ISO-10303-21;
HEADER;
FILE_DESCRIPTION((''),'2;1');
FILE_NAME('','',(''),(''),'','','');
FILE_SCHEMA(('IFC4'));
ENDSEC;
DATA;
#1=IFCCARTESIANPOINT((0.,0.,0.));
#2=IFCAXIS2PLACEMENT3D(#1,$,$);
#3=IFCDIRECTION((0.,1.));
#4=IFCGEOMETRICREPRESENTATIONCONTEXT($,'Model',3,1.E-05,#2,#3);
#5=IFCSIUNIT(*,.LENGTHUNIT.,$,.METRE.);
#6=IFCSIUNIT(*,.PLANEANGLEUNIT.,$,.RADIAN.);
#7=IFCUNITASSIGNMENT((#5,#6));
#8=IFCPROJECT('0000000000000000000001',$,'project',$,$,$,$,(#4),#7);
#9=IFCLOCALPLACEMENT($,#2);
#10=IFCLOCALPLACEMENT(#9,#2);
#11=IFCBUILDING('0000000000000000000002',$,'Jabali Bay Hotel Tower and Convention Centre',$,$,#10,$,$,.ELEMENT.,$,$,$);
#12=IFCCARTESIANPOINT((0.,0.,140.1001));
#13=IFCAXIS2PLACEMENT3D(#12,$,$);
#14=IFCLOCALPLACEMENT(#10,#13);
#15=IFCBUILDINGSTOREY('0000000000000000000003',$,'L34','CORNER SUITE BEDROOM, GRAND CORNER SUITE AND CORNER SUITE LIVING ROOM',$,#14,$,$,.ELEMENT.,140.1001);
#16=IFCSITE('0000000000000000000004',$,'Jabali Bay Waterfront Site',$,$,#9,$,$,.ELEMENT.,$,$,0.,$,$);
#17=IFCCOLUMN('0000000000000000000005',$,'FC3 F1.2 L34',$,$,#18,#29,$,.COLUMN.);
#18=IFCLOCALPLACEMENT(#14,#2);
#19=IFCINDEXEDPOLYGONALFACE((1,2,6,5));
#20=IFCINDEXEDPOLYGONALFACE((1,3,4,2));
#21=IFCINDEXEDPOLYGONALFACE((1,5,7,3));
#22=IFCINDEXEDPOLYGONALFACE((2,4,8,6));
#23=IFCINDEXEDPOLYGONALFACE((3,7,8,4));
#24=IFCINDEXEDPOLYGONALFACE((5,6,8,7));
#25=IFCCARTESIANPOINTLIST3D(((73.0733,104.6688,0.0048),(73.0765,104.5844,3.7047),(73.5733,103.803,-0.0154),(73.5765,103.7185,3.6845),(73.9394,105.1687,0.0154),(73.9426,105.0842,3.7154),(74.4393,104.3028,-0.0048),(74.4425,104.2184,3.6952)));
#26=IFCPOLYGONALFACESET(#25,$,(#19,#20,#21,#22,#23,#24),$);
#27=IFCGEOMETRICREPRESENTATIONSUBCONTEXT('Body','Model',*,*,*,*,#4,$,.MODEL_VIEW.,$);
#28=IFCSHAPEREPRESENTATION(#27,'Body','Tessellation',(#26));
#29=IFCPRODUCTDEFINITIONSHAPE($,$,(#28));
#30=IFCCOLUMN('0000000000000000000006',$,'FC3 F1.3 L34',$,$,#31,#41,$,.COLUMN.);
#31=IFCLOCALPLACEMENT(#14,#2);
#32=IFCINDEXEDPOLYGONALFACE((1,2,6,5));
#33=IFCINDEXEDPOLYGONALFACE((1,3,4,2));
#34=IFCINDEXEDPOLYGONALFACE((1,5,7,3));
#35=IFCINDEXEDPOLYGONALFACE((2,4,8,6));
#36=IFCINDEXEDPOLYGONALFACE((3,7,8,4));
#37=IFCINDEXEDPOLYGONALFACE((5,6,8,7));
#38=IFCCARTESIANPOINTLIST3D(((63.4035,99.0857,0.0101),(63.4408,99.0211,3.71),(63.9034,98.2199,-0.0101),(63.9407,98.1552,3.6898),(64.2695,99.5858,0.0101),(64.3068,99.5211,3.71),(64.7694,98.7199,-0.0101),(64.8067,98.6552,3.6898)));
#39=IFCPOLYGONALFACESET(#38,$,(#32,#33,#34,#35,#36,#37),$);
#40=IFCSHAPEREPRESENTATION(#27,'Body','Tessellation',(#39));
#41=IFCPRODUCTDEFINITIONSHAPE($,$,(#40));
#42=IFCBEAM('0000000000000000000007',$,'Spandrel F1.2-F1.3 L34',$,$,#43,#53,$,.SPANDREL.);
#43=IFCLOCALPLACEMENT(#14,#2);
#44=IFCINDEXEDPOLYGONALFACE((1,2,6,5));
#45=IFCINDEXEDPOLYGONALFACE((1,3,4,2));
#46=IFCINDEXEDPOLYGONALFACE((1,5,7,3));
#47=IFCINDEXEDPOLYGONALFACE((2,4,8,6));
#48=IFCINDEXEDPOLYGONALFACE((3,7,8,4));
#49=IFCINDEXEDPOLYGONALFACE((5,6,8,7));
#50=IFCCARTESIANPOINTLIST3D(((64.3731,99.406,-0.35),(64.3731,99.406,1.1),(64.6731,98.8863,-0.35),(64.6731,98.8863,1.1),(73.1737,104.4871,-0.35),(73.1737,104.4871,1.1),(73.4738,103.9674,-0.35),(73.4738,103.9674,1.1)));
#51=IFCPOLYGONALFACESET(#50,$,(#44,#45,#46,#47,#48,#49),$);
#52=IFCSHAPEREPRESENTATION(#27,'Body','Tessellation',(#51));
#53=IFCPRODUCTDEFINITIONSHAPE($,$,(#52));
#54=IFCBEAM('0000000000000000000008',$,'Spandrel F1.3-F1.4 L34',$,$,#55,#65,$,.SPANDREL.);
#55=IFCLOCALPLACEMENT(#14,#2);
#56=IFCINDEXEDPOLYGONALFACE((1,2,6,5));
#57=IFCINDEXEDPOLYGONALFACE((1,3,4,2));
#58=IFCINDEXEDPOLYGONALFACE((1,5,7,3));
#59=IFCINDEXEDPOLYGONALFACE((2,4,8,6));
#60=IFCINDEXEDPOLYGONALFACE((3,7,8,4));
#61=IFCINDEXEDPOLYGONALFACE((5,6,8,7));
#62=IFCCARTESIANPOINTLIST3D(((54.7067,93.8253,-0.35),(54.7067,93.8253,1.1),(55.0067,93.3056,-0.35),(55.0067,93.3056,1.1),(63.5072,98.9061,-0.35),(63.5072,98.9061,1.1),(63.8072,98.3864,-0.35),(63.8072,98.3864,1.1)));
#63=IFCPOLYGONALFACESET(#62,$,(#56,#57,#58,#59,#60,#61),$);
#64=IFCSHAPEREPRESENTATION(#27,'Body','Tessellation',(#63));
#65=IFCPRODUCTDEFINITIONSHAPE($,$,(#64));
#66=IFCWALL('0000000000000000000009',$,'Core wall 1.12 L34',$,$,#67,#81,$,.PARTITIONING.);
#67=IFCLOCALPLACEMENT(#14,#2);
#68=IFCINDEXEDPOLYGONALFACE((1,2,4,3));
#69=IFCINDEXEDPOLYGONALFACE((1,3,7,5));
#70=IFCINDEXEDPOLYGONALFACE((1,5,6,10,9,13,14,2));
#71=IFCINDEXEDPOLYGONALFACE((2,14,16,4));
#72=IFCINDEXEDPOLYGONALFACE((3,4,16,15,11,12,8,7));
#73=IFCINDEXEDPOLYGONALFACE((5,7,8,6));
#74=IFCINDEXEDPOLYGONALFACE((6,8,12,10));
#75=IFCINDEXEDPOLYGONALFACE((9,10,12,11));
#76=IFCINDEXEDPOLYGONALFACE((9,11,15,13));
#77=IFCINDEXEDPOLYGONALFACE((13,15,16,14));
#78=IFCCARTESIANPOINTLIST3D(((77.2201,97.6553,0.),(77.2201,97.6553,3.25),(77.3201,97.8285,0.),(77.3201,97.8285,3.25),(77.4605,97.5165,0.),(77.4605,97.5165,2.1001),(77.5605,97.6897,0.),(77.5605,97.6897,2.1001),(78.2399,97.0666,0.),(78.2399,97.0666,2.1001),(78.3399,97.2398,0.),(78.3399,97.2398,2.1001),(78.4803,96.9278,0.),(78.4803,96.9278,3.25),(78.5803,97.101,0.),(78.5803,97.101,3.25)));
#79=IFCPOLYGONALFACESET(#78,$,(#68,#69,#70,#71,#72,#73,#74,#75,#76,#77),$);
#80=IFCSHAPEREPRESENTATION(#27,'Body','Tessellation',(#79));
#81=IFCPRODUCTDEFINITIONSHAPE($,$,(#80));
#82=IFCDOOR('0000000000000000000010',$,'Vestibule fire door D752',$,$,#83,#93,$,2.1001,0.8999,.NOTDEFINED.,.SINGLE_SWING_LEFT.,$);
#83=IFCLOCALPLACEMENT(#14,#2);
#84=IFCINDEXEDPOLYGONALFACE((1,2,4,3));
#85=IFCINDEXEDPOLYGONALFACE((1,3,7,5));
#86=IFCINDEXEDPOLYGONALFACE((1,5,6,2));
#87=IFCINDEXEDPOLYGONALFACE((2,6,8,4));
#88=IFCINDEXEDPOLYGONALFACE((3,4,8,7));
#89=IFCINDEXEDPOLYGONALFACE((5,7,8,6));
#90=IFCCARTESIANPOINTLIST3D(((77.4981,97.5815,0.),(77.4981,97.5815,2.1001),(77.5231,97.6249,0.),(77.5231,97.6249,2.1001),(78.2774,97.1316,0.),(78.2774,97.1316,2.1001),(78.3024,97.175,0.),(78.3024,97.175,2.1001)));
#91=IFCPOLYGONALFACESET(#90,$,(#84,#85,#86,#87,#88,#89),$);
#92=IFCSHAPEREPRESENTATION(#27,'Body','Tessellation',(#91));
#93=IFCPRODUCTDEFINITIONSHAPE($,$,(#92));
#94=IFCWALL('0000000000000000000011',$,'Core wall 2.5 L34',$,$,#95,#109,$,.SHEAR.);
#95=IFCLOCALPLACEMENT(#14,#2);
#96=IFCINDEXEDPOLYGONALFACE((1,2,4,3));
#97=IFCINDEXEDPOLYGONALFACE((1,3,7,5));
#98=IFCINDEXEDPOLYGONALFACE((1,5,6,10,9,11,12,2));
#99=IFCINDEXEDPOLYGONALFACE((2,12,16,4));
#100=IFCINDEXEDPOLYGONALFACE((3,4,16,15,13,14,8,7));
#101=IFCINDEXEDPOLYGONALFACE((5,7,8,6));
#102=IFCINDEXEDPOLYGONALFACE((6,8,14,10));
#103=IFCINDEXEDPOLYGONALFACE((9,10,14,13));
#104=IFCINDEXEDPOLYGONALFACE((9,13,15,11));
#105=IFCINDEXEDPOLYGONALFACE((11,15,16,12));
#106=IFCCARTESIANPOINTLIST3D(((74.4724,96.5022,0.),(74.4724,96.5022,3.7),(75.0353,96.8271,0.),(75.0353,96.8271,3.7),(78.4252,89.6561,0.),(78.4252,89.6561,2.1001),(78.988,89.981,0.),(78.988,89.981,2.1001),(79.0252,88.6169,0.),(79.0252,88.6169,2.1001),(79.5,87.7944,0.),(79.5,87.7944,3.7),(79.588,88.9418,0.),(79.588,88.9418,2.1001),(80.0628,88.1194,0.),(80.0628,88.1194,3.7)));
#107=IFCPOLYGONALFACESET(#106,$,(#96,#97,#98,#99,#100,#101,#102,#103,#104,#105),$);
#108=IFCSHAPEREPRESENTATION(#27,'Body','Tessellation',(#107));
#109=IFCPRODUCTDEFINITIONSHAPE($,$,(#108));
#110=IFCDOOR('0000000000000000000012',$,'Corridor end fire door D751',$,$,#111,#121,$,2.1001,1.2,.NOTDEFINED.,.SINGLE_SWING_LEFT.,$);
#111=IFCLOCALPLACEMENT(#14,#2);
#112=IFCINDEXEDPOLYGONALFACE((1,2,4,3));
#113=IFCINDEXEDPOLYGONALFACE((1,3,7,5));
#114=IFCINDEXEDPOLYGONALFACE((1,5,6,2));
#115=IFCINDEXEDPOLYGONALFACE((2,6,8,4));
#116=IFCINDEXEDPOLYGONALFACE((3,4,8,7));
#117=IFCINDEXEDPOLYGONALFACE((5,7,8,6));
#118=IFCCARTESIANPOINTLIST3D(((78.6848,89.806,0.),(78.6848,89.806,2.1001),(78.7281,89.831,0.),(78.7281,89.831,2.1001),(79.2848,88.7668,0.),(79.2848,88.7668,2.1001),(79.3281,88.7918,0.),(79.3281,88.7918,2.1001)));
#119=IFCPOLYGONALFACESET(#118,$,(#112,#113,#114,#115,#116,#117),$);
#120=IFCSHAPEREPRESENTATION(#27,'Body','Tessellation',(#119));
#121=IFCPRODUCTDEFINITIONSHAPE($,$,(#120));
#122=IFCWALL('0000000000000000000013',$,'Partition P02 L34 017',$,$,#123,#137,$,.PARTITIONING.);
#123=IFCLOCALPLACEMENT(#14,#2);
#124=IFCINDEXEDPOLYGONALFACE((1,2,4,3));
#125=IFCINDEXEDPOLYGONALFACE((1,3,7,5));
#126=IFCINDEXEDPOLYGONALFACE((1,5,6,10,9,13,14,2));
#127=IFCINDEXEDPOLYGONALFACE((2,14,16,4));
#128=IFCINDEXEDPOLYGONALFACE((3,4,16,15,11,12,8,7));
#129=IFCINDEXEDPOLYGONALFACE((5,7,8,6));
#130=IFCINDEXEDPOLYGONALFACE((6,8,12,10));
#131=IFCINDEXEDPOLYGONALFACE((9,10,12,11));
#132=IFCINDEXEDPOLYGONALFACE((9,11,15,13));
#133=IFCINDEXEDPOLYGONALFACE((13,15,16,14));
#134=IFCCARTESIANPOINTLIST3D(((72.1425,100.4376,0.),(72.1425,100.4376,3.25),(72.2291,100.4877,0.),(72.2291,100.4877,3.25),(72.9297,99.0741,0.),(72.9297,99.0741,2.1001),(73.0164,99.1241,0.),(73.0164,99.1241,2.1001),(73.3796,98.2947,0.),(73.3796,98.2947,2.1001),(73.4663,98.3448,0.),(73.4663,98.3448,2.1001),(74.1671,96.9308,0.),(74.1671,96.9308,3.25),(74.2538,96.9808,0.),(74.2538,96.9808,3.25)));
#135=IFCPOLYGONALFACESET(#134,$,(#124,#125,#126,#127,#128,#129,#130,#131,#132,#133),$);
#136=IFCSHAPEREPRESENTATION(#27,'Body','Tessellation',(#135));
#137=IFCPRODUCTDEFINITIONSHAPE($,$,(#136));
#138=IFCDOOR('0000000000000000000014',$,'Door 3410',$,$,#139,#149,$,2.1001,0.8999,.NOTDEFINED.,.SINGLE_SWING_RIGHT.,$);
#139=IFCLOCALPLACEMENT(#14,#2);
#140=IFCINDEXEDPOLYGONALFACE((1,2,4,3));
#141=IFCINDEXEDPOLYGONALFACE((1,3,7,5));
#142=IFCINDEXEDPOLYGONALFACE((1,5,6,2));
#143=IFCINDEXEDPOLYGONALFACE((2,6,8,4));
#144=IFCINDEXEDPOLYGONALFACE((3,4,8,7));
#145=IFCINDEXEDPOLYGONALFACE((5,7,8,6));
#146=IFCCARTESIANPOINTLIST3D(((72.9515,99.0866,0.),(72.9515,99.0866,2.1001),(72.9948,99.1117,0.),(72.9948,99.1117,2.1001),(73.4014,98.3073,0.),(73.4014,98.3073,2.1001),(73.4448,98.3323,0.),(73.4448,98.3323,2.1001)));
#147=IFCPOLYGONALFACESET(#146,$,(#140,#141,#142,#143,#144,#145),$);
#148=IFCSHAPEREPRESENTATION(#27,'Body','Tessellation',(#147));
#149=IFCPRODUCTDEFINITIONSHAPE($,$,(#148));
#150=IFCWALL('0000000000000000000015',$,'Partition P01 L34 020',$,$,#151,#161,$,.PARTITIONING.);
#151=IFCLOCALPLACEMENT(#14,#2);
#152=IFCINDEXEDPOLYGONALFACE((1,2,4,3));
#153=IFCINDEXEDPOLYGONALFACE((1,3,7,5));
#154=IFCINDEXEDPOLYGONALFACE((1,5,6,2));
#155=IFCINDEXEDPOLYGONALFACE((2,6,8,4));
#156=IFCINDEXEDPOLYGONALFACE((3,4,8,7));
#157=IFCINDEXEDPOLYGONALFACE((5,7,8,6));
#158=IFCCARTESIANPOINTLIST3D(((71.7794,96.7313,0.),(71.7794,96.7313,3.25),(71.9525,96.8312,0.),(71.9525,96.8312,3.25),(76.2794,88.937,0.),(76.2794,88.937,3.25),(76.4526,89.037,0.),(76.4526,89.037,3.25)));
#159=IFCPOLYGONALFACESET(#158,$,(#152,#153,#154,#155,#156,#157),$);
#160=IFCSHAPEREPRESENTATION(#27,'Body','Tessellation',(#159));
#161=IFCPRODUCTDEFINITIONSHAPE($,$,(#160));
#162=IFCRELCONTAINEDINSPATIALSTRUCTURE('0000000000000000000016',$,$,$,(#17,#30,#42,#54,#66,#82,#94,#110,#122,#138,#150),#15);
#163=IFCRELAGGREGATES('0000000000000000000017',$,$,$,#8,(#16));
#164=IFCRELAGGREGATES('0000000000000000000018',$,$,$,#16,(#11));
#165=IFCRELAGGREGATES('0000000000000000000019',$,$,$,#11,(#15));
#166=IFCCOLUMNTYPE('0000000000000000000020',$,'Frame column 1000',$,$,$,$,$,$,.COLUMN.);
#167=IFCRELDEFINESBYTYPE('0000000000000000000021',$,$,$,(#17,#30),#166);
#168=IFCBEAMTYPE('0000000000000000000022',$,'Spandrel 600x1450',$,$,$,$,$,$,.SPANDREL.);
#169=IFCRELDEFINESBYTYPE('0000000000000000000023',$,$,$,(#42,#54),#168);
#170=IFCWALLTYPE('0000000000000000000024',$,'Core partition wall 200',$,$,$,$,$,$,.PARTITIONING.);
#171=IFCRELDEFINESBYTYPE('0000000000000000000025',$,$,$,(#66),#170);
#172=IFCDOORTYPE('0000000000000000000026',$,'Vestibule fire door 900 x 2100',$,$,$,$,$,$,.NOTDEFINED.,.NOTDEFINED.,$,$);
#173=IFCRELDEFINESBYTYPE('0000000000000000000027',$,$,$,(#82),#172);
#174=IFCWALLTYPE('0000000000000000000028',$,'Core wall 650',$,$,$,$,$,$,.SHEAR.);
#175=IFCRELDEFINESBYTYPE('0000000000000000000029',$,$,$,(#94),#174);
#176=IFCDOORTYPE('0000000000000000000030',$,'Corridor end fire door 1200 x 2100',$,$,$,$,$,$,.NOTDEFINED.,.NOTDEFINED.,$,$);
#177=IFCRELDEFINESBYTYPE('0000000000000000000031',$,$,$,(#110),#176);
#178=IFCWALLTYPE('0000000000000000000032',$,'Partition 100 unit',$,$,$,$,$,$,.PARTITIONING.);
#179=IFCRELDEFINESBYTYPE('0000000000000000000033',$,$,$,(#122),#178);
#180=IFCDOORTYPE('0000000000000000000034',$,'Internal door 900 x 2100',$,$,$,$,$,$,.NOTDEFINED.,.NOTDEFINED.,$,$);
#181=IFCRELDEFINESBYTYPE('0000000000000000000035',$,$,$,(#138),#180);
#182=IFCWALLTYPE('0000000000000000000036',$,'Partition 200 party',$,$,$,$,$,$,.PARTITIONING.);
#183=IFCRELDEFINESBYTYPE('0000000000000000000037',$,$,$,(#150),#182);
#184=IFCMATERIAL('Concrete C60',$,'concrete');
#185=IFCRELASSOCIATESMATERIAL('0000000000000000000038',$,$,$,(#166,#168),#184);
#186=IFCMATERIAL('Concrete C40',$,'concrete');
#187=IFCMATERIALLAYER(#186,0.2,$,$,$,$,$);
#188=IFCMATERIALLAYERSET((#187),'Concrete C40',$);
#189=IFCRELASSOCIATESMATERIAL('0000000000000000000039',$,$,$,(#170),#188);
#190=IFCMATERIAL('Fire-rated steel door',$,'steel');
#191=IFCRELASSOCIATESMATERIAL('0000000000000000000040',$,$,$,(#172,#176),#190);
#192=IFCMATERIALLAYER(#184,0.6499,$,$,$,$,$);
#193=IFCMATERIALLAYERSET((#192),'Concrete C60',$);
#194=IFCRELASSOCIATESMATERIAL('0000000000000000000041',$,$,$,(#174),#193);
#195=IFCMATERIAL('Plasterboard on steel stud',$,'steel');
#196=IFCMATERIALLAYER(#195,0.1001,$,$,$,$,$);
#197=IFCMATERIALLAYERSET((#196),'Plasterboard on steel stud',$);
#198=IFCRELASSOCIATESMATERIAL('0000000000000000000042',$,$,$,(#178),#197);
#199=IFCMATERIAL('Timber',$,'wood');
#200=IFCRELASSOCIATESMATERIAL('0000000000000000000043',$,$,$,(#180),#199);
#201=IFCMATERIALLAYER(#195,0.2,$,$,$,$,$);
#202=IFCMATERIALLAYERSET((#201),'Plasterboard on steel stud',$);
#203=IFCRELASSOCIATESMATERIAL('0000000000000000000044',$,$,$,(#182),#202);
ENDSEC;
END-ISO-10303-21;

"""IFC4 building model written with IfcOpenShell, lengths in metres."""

from ifc_helpers import new_model, si_unit, direction, frame, frame_2d, origin, origin_2d, place, context, subcontext, project, spatial, rectangle, extrude, material, layer, layer_set, material_profile, profile_set, type_object, element, fill, save


model = new_model("IFC4")

# Units and contexts
model_context = context("Model", 3, precision=1e-05, world=origin(), true_north=direction((0.0, 1.0)))
body_context = subcontext(model_context, "Body", "Model", "MODEL_VIEW")
ifc_project = project(units=[si_unit("LENGTHUNIT", "METRE"), si_unit("PLANEANGLEUNIT", "RADIAN")], contexts=[model_context])

# Site, building, storey
site_placement = place(None, origin())
site = spatial("IfcSite", under=ifc_project, at=site_placement, Name="Jabali Bay Waterfront Site", CompositionType="ELEMENT", RefElevation=0.0)
building_placement = place(site_placement, origin())
building = spatial("IfcBuilding", under=site, at=building_placement, Name="Jabali Bay Hotel Tower and Convention Centre", CompositionType="ELEMENT")
storey_placement = place(building_placement, frame((0.0, 0.0, 140.1001)))
storey = spatial("IfcBuildingStorey", under=building, at=storey_placement, Name="L34", Description="CORNER SUITE BEDROOM, GRAND CORNER SUITE AND CORNER SUITE LIVING ROOM", CompositionType="ELEMENT", Elevation=140.1001)

# Columns
ifc_material_1 = material(Name="Concrete C60", Category="concrete")
ifc_material_profile_1 = material_profile(ifc_material_1, rectangle(XDim=1.0, YDim=1.0, at=origin_2d()), Name="Frame column 1000")
ifc_profile_set_1 = profile_set([ifc_material_profile_1], Name="Concrete C60")
column_type = type_object("IfcColumnType", Name="Frame column 1000", PredefinedType="COLUMN", material=ifc_profile_set_1)
column_1_placement = place(storey_placement, frame((73.7563, 104.4858, 0.0), z_axis=(0.000858, -0.022825, 0.999739), x_axis=(0.86606, 0.499826, 0.010668)))
element("IfcColumn", 1, at=column_1_placement, inside=storey, type_object=column_type, Name="FC3 F1.2 L34", PredefinedType="COLUMN", context=body_context, shape_type="SweptSolid", body=[
    extrude(rectangle(XDim=1.0, YDim=1.0, at=origin_2d()), origin(), (0.0, 0.0, 1.0), 3.7009),
])
column_2_placement = place(storey_placement, frame((64.0864, 98.9028, 0.0), z_axis=(0.010094, -0.017482, 0.999796), x_axis=(0.86602, 0.500009, 0.0)))
element("IfcColumn", 2, at=column_2_placement, inside=storey, type_object=column_type, Name="FC3 F1.3 L34", PredefinedType="COLUMN", context=body_context, shape_type="SweptSolid", body=[
    extrude(rectangle(XDim=1.0, YDim=1.0, at=origin_2d()), origin(), (0.0, 0.0, 1.0), 3.7007),
])

# Beams
ifc_material_profile_2 = material_profile(ifc_material_1, rectangle(XDim=0.6001, YDim=1.45, at=origin_2d()), Name="Spandrel 600x1450")
ifc_profile_set_2 = profile_set([ifc_material_profile_2], Name="Concrete C60")
beam_type = type_object("IfcBeamType", Name="Spandrel 600x1450", PredefinedType="SPANDREL", material=ifc_profile_set_2)
beam_1_placement = place(storey_placement, frame((73.3237, 104.2273, 0.375), z_axis=(-0.866023, -0.500005, 0.0), x_axis=(0.500005, -0.866023, 0.0)))
element("IfcBeam", 3, at=beam_1_placement, inside=storey, type_object=beam_type, Name="Spandrel F1.2-F1.3 L34", PredefinedType="SPANDREL", context=body_context, shape_type="SweptSolid", body=[
    extrude(rectangle(XDim=0.6001, YDim=1.45, at=origin_2d()), origin(), (0.0, 0.0, 1.0), 10.1621),
])
beam_2_placement = place(storey_placement, frame((63.6572, 98.6462, 0.375), z_axis=(-0.866033, -0.499987, 0.0), x_axis=(0.499987, -0.866033, 0.0)))
element("IfcBeam", 4, at=beam_2_placement, inside=storey, type_object=beam_type, Name="Spandrel F1.3-F1.4 L34", PredefinedType="SPANDREL", context=body_context, shape_type="SweptSolid", body=[
    extrude(rectangle(XDim=0.6001, YDim=1.45, at=origin_2d()), origin(), (0.0, 0.0, 1.0), 10.1619),
])

# Walls, openings, doors
ifc_material_2 = material(Name="Concrete C40", Category="concrete")
ifc_layer_1 = layer(ifc_material_2, 0.2)
ifc_layer_set_1 = layer_set([ifc_layer_1], Name="Concrete C40")
wall_type_1 = type_object("IfcWallType", Name="Core partition wall 200", PredefinedType="PARTITIONING", material=ifc_layer_set_1)
wall_1_placement = place(storey_placement, frame((78.5303, 97.0144, 0.0), z_axis=(0.0, 0.0, 1.0), x_axis=(-0.866046, 0.499965, 0.0)))
wall_1 = element("IfcWall", 5, at=wall_1_placement, inside=storey, type_object=wall_type_1, Name="Core wall 1.12 L34", PredefinedType="PARTITIONING", context=body_context, shape_type="SweptSolid", body=[
    extrude(rectangle(XDim=1.4551, YDim=0.2, at=frame_2d((0.7275, 0.0))), origin(), (0.0, 0.0, 1.0), 3.25),
])
opening_1_placement = place(wall_1_placement, frame((0.2776, 0.0, 0.0)))
opening_1 = element("IfcOpeningElement", 6, at=opening_1_placement, cuts=wall_1, PredefinedType="OPENING", context=body_context, shape_type="SweptSolid", body=[
    extrude(rectangle(XDim=0.8999, YDim=2.1001, at=frame_2d((0.45, 1.05))), frame((0.0, 0.1104, 0.0), z_axis=(0.0, -1.0, 0.0), x_axis=(1.0, 0.0, 0.0)), (0.0, 0.0, 1.0), 0.2209),
])
ifc_material_3 = material(Name="Fire-rated steel door", Category="steel")
door_type_1 = type_object("IfcDoorType", Name="Vestibule fire door 900 x 2100", OperationType="NOTDEFINED", PredefinedType="NOTDEFINED", material=ifc_material_3)
door_1_placement = place(opening_1_placement, origin())
door_1 = element("IfcDoor", 7, at=door_1_placement, inside=storey, type_object=door_type_1, Name="Vestibule fire door D752", OperationType="SINGLE_SWING_LEFT", OverallHeight=2.1001, OverallWidth=0.8999, PredefinedType="NOTDEFINED", context=body_context, shape_type="SweptSolid", body=[
    extrude(rectangle(XDim=0.8999, YDim=2.1001, at=frame_2d((0.45, 1.05))), frame((0.0, 0.0249, 0.0), z_axis=(0.0, -1.0, 0.0), x_axis=(1.0, 0.0, 0.0)), (0.0, 0.0, 1.0), 0.05),
])
fill(opening_1, door_1)
ifc_layer_2 = layer(ifc_material_1, 0.6499)
ifc_layer_set_2 = layer_set([ifc_layer_2], Name="Concrete C60")
wall_type_2 = type_object("IfcWallType", Name="Core wall 650", PredefinedType="SHEAR", material=ifc_layer_set_2)
wall_2_placement = place(storey_placement, frame((74.7539, 96.6646, 0.0), z_axis=(0.0, 0.0, 1.0), x_axis=(0.500012, -0.866019, 0.0)))
wall_2 = element("IfcWall", 8, at=wall_2_placement, inside=storey, type_object=wall_type_2, Name="Core wall 2.5 L34", PredefinedType="SHEAR", context=body_context, shape_type="SweptSolid", body=[
    extrude(rectangle(XDim=10.0549, YDim=0.6499, at=frame_2d((5.0273, 0.0))), origin(), (0.0, 0.0, 1.0), 3.7),
])
opening_2_placement = place(wall_2_placement, frame((7.905, 0.0, 0.0)))
opening_2 = element("IfcOpeningElement", 9, at=opening_2_placement, cuts=wall_2, PredefinedType="OPENING", context=body_context, shape_type="SweptSolid", body=[
    extrude(rectangle(XDim=1.2, YDim=2.1001, at=frame_2d((0.6001, 1.05))), frame((0.0, 0.3354, 0.0), z_axis=(0.0, -1.0, 0.0), x_axis=(1.0, 0.0, 0.0)), (0.0, 0.0, 1.0), 0.6709),
])
door_type_2 = type_object("IfcDoorType", Name="Corridor end fire door 1200 x 2100", OperationType="NOTDEFINED", PredefinedType="NOTDEFINED", material=ifc_material_3)
door_2_placement = place(opening_2_placement, origin())
door_2 = element("IfcDoor", 10, at=door_2_placement, inside=storey, type_object=door_type_2, Name="Corridor end fire door D751", OperationType="SINGLE_SWING_LEFT", OverallHeight=2.1001, OverallWidth=1.2, PredefinedType="NOTDEFINED", context=body_context, shape_type="SweptSolid", body=[
    extrude(rectangle(XDim=1.2, YDim=2.1001, at=frame_2d((0.6001, 1.05))), frame((0.0, 0.0249, 0.0), z_axis=(0.0, -1.0, 0.0), x_axis=(1.0, 0.0, 0.0)), (0.0, 0.0, 1.0), 0.05),
])
fill(opening_2, door_2)
ifc_material_4 = material(Name="Plasterboard on steel stud", Category="steel")
ifc_layer_3 = layer(ifc_material_4, 0.1001)
ifc_layer_set_3 = layer_set([ifc_layer_3], Name="Plasterboard on steel stud")
wall_type_3 = type_object("IfcWallType", Name="Partition 100 unit", PredefinedType="PARTITIONING", material=ifc_layer_set_3)
wall_3_placement = place(storey_placement, frame((74.2104, 96.9558, 0.0), z_axis=(0.0, 0.0, 1.0), x_axis=(-0.499997, 0.866027, 0.0)))
wall_3 = element("IfcWall", 11, at=wall_3_placement, inside=storey, type_object=wall_type_3, Name="Partition P02 L34 017", PredefinedType="PARTITIONING", context=body_context, shape_type="SweptSolid", body=[
    extrude(rectangle(XDim=4.0493, YDim=0.1001, at=frame_2d((2.0247, 0.0))), origin(), (0.0, 0.0, 1.0), 3.25),
])
opening_3_placement = place(wall_3_placement, frame((1.575, 0.0, 0.0)))
opening_3 = element("IfcOpeningElement", 12, at=opening_3_placement, cuts=wall_3, PredefinedType="OPENING", context=body_context, shape_type="SweptSolid", body=[
    extrude(rectangle(XDim=0.8999, YDim=2.1001, at=frame_2d((0.45, 1.05))), frame((0.0, 0.0605, 0.0), z_axis=(0.0, -1.0, 0.0), x_axis=(1.0, 0.0, 0.0)), (0.0, 0.0, 1.0), 0.1211),
])
ifc_material_5 = material(Name="Timber", Category="wood")
door_type_3 = type_object("IfcDoorType", Name="Internal door 900 x 2100", OperationType="NOTDEFINED", PredefinedType="NOTDEFINED", material=ifc_material_5)
door_3_placement = place(opening_3_placement, origin())
door_3 = element("IfcDoor", 13, at=door_3_placement, inside=storey, type_object=door_type_3, Name="Door 3410", OperationType="SINGLE_SWING_RIGHT", OverallHeight=2.1001, OverallWidth=0.8999, PredefinedType="NOTDEFINED", context=body_context, shape_type="SweptSolid", body=[
    extrude(rectangle(XDim=0.8999, YDim=2.1001, at=frame_2d((0.45, 1.05))), frame((0.0, 0.0249, 0.0), z_axis=(0.0, -1.0, 0.0), x_axis=(1.0, 0.0, 0.0)), (0.0, 0.0, 1.0), 0.05),
])
fill(opening_3, door_3)

# Wall
ifc_layer_4 = layer(ifc_material_4, 0.2)
ifc_layer_set_4 = layer_set([ifc_layer_4], Name="Plasterboard on steel stud")
wall_type_4 = type_object("IfcWallType", Name="Partition 200 party", PredefinedType="PARTITIONING", material=ifc_layer_set_4)
wall_4_placement = place(storey_placement, frame((71.866, 96.7812, 0.0), z_axis=(0.0, 0.0, 1.0), x_axis=(0.500002, -0.866024, 0.0)))
element("IfcWall", 14, at=wall_4_placement, inside=storey, type_object=wall_type_4, Name="Partition P01 L34 020", PredefinedType="PARTITIONING", context=body_context, shape_type="SweptSolid", body=[
    extrude(rectangle(XDim=9.0, YDim=0.2, at=frame_2d((4.5, 0.0))), origin(), (0.0, 0.0, 1.0), 3.25),
])

save(model, "model.ifc")
